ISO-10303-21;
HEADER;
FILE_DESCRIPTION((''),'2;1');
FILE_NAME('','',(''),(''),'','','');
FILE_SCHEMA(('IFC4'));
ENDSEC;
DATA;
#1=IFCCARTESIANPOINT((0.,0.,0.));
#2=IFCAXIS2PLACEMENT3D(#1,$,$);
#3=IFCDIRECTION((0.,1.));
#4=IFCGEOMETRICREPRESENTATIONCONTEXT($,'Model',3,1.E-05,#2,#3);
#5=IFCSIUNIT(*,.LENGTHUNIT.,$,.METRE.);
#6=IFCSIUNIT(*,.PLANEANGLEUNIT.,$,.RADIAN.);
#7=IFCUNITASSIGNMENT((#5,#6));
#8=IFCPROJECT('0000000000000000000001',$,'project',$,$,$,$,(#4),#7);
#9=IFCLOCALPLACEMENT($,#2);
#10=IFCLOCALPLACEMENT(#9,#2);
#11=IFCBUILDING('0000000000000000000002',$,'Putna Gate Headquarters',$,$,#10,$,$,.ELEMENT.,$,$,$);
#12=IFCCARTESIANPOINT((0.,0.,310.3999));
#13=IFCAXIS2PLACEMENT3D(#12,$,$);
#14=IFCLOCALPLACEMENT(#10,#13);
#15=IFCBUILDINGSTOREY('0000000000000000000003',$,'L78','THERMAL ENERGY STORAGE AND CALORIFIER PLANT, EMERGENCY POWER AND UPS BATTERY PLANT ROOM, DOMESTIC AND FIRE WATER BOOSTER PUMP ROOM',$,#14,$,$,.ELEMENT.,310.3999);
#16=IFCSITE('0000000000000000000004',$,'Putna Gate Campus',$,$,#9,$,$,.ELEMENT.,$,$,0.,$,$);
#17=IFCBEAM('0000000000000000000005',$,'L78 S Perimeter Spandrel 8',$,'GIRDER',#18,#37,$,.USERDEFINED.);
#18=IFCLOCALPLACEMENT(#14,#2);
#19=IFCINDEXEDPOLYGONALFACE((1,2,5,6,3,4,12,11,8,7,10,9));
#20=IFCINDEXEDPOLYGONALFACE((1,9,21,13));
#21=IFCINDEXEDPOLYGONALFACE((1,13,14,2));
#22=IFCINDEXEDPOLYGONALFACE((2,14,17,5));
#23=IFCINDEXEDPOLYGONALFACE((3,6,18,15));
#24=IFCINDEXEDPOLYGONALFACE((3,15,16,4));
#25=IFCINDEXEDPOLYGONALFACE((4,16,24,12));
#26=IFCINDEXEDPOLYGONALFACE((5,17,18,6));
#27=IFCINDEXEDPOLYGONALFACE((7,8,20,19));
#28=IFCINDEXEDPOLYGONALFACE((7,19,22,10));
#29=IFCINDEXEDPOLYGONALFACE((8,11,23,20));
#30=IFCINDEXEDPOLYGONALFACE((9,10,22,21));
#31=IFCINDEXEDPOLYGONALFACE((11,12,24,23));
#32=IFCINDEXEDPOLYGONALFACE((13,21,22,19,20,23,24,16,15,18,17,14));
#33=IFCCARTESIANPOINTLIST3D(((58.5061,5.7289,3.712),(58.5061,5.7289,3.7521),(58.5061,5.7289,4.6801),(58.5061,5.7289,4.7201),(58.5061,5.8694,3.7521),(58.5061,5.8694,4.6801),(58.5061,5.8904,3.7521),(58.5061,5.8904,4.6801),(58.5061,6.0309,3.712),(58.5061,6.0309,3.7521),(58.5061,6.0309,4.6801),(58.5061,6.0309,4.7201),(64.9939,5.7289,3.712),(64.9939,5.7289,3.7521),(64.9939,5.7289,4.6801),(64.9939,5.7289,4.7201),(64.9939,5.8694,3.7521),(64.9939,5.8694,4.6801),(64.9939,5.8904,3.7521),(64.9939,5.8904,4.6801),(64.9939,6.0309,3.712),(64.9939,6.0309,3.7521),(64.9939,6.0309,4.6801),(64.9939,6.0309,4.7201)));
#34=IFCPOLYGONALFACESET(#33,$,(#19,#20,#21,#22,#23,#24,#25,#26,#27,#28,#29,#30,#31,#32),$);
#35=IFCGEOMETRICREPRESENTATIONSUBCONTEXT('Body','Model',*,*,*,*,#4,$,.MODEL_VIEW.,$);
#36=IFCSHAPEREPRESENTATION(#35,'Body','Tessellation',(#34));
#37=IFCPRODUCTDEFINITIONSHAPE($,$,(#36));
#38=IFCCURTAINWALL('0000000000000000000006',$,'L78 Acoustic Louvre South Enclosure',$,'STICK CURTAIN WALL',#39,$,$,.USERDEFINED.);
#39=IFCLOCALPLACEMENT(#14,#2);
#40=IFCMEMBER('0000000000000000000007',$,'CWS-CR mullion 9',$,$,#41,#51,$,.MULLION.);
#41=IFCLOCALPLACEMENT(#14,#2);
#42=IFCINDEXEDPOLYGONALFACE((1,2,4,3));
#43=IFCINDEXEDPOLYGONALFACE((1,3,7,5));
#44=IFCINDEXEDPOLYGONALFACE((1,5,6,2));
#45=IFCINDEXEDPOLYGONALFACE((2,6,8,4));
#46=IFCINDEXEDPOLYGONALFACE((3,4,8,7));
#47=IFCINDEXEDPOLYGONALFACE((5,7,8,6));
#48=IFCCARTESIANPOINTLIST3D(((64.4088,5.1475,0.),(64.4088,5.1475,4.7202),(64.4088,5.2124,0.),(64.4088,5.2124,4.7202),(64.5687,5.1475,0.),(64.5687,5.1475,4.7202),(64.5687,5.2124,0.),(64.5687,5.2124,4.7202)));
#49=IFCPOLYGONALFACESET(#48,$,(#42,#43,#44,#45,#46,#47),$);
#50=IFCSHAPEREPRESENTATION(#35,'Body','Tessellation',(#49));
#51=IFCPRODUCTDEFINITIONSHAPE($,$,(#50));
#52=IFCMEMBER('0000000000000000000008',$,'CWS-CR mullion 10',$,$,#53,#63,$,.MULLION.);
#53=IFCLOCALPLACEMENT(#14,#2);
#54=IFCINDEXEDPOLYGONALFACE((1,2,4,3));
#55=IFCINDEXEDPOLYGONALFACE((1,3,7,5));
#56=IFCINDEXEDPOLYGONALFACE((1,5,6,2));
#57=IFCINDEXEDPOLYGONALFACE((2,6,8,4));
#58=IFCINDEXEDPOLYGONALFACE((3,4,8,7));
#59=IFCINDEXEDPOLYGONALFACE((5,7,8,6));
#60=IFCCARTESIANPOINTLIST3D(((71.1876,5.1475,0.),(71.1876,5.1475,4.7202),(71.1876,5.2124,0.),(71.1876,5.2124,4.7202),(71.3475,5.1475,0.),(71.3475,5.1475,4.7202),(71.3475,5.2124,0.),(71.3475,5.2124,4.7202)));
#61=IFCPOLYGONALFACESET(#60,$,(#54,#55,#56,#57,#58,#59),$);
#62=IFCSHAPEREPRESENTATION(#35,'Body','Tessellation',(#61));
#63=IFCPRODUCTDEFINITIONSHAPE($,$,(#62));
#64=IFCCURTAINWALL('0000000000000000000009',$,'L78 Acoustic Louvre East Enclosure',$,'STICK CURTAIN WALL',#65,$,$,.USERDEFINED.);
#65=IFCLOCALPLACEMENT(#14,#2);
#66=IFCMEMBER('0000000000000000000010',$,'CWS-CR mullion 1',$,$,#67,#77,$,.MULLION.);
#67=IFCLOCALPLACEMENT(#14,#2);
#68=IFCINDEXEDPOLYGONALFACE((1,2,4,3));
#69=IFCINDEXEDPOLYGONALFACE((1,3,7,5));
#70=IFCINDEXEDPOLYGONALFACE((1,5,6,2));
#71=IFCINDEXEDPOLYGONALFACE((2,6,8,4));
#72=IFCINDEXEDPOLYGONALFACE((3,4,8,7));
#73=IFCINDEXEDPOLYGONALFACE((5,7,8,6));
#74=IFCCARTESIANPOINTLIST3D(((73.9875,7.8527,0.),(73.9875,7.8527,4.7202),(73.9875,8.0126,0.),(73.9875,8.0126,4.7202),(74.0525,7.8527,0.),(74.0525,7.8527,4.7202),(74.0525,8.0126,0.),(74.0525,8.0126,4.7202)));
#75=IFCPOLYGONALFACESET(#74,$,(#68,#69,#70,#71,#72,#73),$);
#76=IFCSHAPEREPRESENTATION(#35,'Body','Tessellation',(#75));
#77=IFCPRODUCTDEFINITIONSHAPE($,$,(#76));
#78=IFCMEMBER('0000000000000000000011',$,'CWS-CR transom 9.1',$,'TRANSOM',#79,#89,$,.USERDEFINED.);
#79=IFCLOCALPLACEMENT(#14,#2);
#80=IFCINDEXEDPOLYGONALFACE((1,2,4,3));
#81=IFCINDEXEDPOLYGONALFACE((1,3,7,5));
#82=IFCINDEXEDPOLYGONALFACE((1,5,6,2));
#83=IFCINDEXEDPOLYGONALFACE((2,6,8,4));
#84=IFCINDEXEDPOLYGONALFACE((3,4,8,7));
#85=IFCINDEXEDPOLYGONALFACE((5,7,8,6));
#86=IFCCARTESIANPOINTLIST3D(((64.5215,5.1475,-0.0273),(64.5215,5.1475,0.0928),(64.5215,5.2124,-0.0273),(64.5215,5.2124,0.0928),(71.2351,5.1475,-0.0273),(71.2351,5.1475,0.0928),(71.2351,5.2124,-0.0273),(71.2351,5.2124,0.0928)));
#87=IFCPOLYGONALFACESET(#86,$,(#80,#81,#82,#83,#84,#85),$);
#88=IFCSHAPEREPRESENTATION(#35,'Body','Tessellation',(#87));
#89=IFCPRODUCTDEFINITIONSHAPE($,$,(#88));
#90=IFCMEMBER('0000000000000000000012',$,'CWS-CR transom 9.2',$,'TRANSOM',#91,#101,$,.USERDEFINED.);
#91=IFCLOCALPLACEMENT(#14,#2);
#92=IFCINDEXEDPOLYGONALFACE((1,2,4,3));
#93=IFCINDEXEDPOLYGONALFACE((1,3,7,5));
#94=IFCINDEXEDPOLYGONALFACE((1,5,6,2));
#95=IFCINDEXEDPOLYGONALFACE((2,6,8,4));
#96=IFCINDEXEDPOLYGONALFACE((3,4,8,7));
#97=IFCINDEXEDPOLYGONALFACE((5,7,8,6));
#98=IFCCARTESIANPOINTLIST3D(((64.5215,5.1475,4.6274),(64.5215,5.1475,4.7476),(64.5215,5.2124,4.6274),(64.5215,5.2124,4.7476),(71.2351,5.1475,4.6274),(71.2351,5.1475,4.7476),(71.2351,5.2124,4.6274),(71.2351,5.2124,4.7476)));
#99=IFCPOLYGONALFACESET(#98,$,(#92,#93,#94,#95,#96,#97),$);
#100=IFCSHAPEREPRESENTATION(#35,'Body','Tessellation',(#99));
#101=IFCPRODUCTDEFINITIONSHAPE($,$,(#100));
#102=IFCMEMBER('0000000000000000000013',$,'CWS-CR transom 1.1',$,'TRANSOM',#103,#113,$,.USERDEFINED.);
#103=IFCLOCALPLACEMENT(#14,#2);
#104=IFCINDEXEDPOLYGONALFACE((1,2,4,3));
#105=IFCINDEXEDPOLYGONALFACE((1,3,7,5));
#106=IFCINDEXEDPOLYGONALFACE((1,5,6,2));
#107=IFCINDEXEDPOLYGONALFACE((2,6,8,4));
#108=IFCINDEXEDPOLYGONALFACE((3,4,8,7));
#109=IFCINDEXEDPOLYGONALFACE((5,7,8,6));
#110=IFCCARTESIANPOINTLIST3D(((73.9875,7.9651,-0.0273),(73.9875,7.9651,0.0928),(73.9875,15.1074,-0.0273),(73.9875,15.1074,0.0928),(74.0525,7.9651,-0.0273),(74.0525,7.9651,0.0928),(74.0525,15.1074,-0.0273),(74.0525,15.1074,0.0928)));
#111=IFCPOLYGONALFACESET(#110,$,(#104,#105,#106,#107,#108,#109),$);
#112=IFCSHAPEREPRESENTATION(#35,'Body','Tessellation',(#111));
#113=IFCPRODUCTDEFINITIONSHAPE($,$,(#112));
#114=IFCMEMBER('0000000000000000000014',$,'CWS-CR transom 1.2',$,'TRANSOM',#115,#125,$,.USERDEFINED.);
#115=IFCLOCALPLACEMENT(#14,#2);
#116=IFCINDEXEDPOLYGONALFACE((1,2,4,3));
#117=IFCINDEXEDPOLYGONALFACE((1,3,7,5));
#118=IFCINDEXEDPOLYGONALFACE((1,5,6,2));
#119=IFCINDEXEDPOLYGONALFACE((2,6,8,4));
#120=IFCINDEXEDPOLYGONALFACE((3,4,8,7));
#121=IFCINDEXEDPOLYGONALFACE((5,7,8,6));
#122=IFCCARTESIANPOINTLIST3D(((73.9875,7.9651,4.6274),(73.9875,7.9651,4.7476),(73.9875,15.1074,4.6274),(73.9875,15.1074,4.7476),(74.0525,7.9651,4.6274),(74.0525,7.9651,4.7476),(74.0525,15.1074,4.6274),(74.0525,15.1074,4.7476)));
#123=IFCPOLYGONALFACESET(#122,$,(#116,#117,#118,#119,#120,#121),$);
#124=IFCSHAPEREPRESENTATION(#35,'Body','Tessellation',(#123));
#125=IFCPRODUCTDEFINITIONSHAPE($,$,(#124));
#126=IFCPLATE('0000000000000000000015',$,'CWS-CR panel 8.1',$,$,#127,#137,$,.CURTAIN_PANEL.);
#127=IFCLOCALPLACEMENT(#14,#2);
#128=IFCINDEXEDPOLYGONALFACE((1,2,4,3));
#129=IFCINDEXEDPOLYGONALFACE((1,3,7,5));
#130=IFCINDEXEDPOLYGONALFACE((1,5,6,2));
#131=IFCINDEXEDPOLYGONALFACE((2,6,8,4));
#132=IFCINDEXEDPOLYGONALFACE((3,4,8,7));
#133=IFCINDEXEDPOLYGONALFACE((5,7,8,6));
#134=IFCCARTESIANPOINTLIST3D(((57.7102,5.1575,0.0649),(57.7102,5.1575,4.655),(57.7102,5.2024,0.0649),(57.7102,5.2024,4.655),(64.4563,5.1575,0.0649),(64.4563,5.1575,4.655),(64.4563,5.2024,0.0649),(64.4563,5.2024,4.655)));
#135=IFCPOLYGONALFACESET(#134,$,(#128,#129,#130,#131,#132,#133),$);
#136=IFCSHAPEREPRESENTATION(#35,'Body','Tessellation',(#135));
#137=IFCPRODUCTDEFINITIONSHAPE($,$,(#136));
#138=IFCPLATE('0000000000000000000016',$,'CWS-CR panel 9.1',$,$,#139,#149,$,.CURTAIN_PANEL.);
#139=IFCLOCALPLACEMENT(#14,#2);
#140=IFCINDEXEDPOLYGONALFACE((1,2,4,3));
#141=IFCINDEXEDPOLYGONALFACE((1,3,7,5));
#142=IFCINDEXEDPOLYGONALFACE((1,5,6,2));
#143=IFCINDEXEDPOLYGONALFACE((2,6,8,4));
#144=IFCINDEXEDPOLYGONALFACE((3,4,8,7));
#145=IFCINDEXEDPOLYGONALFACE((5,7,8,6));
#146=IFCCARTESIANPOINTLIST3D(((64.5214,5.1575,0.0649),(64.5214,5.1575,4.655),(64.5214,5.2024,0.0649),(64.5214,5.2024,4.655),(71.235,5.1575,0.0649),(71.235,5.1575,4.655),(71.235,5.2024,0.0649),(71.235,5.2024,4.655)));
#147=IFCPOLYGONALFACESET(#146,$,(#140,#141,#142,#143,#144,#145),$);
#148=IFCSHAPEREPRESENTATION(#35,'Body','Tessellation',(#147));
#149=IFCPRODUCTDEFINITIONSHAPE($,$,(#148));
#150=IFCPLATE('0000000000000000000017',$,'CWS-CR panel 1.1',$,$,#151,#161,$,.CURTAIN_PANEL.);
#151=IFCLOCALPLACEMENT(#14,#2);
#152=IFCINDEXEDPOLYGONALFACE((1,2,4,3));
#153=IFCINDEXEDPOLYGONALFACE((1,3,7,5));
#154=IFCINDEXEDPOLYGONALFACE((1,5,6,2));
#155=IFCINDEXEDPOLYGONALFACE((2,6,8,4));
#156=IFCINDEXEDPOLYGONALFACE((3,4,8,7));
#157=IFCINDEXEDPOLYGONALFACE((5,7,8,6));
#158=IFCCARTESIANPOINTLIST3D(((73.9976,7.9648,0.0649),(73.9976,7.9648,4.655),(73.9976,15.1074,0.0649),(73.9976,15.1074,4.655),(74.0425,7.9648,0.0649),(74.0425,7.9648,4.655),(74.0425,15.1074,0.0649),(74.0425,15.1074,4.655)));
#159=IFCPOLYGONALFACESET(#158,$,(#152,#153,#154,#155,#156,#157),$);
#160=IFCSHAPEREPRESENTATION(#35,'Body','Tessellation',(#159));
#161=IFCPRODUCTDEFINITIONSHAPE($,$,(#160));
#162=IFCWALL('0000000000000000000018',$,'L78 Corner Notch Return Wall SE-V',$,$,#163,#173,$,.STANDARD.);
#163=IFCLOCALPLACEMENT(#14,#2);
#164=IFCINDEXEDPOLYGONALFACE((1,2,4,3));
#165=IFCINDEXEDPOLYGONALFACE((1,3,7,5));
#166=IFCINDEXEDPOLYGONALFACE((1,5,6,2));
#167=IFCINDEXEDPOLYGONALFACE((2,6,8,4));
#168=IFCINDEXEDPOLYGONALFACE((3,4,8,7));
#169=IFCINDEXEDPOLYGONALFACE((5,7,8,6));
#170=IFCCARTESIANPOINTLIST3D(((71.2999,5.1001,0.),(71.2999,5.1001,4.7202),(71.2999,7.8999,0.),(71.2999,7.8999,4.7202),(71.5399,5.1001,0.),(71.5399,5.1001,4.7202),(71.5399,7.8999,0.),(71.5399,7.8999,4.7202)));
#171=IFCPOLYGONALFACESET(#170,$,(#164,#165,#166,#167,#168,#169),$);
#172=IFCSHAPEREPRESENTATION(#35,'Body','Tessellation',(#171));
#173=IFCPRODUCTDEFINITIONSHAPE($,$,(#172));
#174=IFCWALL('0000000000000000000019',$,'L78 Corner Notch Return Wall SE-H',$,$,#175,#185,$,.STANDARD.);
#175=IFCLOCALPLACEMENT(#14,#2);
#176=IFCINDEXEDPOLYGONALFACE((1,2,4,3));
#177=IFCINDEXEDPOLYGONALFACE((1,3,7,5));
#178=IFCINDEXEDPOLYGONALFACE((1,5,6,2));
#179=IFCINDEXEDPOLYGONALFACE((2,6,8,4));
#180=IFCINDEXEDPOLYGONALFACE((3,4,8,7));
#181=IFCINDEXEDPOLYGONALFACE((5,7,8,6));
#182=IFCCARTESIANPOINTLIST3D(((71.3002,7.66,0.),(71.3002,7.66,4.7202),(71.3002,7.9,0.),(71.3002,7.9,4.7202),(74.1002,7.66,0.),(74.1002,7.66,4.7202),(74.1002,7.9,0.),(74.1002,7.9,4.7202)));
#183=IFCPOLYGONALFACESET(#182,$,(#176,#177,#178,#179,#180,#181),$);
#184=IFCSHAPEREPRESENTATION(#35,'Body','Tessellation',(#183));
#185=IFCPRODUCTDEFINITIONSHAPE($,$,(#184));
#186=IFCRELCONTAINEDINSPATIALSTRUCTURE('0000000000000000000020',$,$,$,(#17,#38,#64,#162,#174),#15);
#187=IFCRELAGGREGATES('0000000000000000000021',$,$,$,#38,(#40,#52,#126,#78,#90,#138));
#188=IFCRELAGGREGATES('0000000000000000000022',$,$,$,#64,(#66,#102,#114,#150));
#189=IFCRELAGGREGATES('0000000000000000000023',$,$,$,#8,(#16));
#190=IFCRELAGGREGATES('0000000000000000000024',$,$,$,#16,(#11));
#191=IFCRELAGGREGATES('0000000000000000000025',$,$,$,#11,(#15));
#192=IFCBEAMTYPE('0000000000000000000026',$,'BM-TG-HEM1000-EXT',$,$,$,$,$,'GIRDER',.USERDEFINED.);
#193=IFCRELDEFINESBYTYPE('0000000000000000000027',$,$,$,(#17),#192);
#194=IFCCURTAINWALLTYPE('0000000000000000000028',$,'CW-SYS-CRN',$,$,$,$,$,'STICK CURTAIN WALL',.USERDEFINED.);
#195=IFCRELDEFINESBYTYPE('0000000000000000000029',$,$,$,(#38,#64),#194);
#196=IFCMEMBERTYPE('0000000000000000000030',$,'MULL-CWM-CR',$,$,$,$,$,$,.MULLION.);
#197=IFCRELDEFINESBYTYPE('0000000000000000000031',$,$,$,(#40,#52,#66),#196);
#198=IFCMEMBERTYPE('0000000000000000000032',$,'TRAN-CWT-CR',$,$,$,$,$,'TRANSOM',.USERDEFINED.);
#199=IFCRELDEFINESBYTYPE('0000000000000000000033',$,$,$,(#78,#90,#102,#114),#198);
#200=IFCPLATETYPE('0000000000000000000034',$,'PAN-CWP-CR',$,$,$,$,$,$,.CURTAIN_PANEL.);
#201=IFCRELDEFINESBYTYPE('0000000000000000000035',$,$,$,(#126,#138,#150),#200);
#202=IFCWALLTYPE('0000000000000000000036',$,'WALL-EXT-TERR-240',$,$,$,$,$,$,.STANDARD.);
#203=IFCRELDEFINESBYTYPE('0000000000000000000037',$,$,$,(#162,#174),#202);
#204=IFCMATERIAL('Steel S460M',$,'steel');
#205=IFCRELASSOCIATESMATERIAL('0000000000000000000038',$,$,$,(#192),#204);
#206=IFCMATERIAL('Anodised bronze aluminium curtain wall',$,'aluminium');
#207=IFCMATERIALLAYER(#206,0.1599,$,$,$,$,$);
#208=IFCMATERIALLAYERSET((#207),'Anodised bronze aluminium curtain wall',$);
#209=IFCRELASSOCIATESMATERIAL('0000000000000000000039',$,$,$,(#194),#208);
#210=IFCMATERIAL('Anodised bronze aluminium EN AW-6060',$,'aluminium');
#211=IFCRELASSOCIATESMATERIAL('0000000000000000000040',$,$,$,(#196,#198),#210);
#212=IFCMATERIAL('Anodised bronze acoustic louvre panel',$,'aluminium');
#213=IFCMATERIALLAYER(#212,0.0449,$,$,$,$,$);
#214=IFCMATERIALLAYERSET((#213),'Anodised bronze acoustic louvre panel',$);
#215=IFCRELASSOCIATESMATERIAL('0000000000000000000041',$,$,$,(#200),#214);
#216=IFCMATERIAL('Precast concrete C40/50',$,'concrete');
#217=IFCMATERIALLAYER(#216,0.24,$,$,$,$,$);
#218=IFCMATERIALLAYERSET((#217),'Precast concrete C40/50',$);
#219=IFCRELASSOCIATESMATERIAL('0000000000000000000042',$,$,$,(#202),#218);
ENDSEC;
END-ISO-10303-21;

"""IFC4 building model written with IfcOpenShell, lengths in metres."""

from ifc_helpers import new_model, si_unit, direction, frame, frame_2d, origin, origin_2d, place, context, subcontext, project, spatial, rectangle, i_section, extrude, material, layer, layer_set, material_profile, profile_set, type_object, element, aggregate, save


model = new_model("IFC4")

# Units and contexts
model_context = context("Model", 3, precision=1e-05, world=origin(), true_north=direction((0.0, 1.0)))
body_context = subcontext(model_context, "Body", "Model", "MODEL_VIEW")
ifc_project = project(units=[si_unit("LENGTHUNIT", "METRE"), si_unit("PLANEANGLEUNIT", "RADIAN")], contexts=[model_context])

# Site, building, storey
site_placement = place(None, origin())
site = spatial("IfcSite", under=ifc_project, at=site_placement, Name="Putna Gate Campus", CompositionType="ELEMENT", RefElevation=0.0)
building_placement = place(site_placement, origin())
building = spatial("IfcBuilding", under=site, at=building_placement, Name="Putna Gate Headquarters", CompositionType="ELEMENT")
storey_placement = place(building_placement, frame((0.0, 0.0, 310.3999)))
storey = spatial("IfcBuildingStorey", under=building, at=storey_placement, Name="L78", Description="THERMAL ENERGY STORAGE AND CALORIFIER PLANT, EMERGENCY POWER AND UPS BATTERY PLANT ROOM, DOMESTIC AND FIRE WATER BOOSTER PUMP ROOM", CompositionType="ELEMENT", Elevation=310.3999)

# Shared definitions
ifc_material_1 = material(Name="Steel S460M", Category="steel")

# Beam
ifc_material_profile_1 = material_profile(ifc_material_1, i_section(OverallWidth=0.302, OverallDepth=1.0081, WebThickness=0.021, FlangeThickness=0.04, at=origin_2d()), Name="Steel S460M")
ifc_profile_set_1 = profile_set([ifc_material_profile_1], Name="Steel S460M")
beam_type_1 = type_object("IfcBeamType", Name="BM-TG-HEM1000-EXT", ElementType="GIRDER", PredefinedType="USERDEFINED", material=ifc_profile_set_1)
beam_1_placement = place(storey_placement, frame((58.5061, 5.8799, 4.2161), z_axis=(1.0, 0.0, 0.0), x_axis=(0.0, 1.0, 0.0)))
element("IfcBeam", 1, at=beam_1_placement, inside=storey, type_object=beam_type_1, Name="L78 S Perimeter Spandrel 8", ObjectType="GIRDER", PredefinedType="USERDEFINED", context=body_context, shape_type="SweptSolid", body=[
    extrude(i_section(OverallWidth=0.302, OverallDepth=1.0081, WebThickness=0.021, FlangeThickness=0.04, at=origin_2d()), origin(), (0.0, 0.0, 1.0), 6.4878),
])

# Curtain wall, members
ifc_material_2 = material(Name="Anodised bronze aluminium curtain wall", Category="aluminium")
ifc_layer_1 = layer(ifc_material_2, 0.1599)
ifc_layer_set_1 = layer_set([ifc_layer_1], Name="Anodised bronze aluminium curtain wall")
curtain_wall_type = type_object("IfcCurtainWallType", Name="CW-SYS-CRN", ElementType="STICK CURTAIN WALL", PredefinedType="USERDEFINED", material=ifc_layer_set_1)
curtain_wall_1_placement = place(storey_placement, origin())
curtain_wall_1 = element("IfcCurtainWall", 2, at=curtain_wall_1_placement, inside=storey, type_object=curtain_wall_type, Name="L78 Acoustic Louvre South Enclosure", ObjectType="STICK CURTAIN WALL", PredefinedType="USERDEFINED")
ifc_material_3 = material(Name="Anodised bronze aluminium EN AW-6060", Category="aluminium")
ifc_material_profile_2 = material_profile(ifc_material_3, rectangle(XDim=0.0649, YDim=0.1599, at=origin_2d()), Name="Anodised bronze aluminium EN AW-6060")
ifc_profile_set_2 = profile_set([ifc_material_profile_2], Name="Anodised bronze aluminium EN AW-6060")
member_type_1 = type_object("IfcMemberType", Name="MULL-CWM-CR", PredefinedType="MULLION", material=ifc_profile_set_2)
member_1_placement = place(storey_placement, frame((64.4888, 5.1799, 0.0), z_axis=(0.0, 0.0, 1.0), x_axis=(0.0, 1.0, 0.0)))
member_1 = element("IfcMember", 3, at=member_1_placement, type_object=member_type_1, Name="CWS-CR mullion 9", PredefinedType="MULLION", context=body_context, shape_type="SweptSolid", body=[
    extrude(rectangle(XDim=0.0649, YDim=0.1599, at=origin_2d()), origin(), (0.0, 0.0, 1.0), 4.7202),
])
member_2_placement = place(storey_placement, frame((71.2676, 5.1799, 0.0), z_axis=(0.0, 0.0, 1.0), x_axis=(0.0, 1.0, 0.0)))
member_2 = element("IfcMember", 4, at=member_2_placement, type_object=member_type_1, Name="CWS-CR mullion 10", PredefinedType="MULLION", context=body_context, shape_type="SweptSolid", body=[
    extrude(rectangle(XDim=0.0649, YDim=0.1599, at=origin_2d()), origin(), (0.0, 0.0, 1.0), 4.7202),
])

# Curtain wall, member
curtain_wall_2_placement = place(storey_placement, origin())
curtain_wall_2 = element("IfcCurtainWall", 5, at=curtain_wall_2_placement, inside=storey, type_object=curtain_wall_type, Name="L78 Acoustic Louvre East Enclosure", ObjectType="STICK CURTAIN WALL", PredefinedType="USERDEFINED")
member_3_placement = place(storey_placement, frame((74.02, 7.9326, 0.0), z_axis=(0.0, 0.0, 1.0), x_axis=(-1.0, 0.0, 0.0)))
member_3 = element("IfcMember", 6, at=member_3_placement, type_object=member_type_1, Name="CWS-CR mullion 1", PredefinedType="MULLION", context=body_context, shape_type="SweptSolid", body=[
    extrude(rectangle(XDim=0.0649, YDim=0.1599, at=origin_2d()), origin(), (0.0, 0.0, 1.0), 4.7202),
])

# Members
ifc_material_profile_3 = material_profile(ifc_material_3, rectangle(XDim=0.0649, YDim=0.1201, at=origin_2d()), Name="Anodised bronze aluminium EN AW-6060")
ifc_profile_set_3 = profile_set([ifc_material_profile_3], Name="Anodised bronze aluminium EN AW-6060")
member_type_2 = type_object("IfcMemberType", Name="TRAN-CWT-CR", ElementType="TRANSOM", PredefinedType="USERDEFINED", material=ifc_profile_set_3)
member_4_placement = place(storey_placement, frame((64.5215, 5.1799, 0.0327), z_axis=(1.0, 0.0, 0.0), x_axis=(0.0, 1.0, 0.0)))
member_4 = element("IfcMember", 7, at=member_4_placement, type_object=member_type_2, Name="CWS-CR transom 9.1", ObjectType="TRANSOM", PredefinedType="USERDEFINED", context=body_context, shape_type="SweptSolid", body=[
    extrude(rectangle(XDim=0.0649, YDim=0.1201, at=origin_2d()), origin(), (0.0, 0.0, 1.0), 6.7136),
])
member_5_placement = place(storey_placement, frame((64.5215, 5.1799, 4.6875), z_axis=(1.0, 0.0, 0.0), x_axis=(0.0, 1.0, 0.0)))
member_5 = element("IfcMember", 8, at=member_5_placement, type_object=member_type_2, Name="CWS-CR transom 9.2", ObjectType="TRANSOM", PredefinedType="USERDEFINED", context=body_context, shape_type="SweptSolid", body=[
    extrude(rectangle(XDim=0.0649, YDim=0.1201, at=origin_2d()), origin(), (0.0, 0.0, 1.0), 6.7136),
])
member_6_placement = place(storey_placement, frame((74.02, 7.9651, 0.0327), z_axis=(0.0, 1.0, 0.0), x_axis=(-1.0, 0.0, 0.0)))
member_6 = element("IfcMember", 9, at=member_6_placement, type_object=member_type_2, Name="CWS-CR transom 1.1", ObjectType="TRANSOM", PredefinedType="USERDEFINED", context=body_context, shape_type="SweptSolid", body=[
    extrude(rectangle(XDim=0.0649, YDim=0.1201, at=origin_2d()), origin(), (0.0, 0.0, 1.0), 7.1423),
])
member_7_placement = place(storey_placement, frame((74.02, 7.9651, 4.6875), z_axis=(0.0, 1.0, 0.0), x_axis=(-1.0, 0.0, 0.0)))
member_7 = element("IfcMember", 10, at=member_7_placement, type_object=member_type_2, Name="CWS-CR transom 1.2", ObjectType="TRANSOM", PredefinedType="USERDEFINED", context=body_context, shape_type="SweptSolid", body=[
    extrude(rectangle(XDim=0.0649, YDim=0.1201, at=origin_2d()), origin(), (0.0, 0.0, 1.0), 7.1423),
])

# Plates
ifc_material_4 = material(Name="Anodised bronze acoustic louvre panel", Category="aluminium")
ifc_layer_2 = layer(ifc_material_4, 0.0449)
ifc_layer_set_2 = layer_set([ifc_layer_2], Name="Anodised bronze acoustic louvre panel")
plate_type = type_object("IfcPlateType", Name="PAN-CWP-CR", PredefinedType="CURTAIN_PANEL", material=ifc_layer_set_2)
plate_1_placement = place(storey_placement, frame((61.0833, 5.1799, 0.0649), z_axis=(0.0, 0.0, 1.0), x_axis=(1.0, 0.0, 0.0)))
plate_1 = element("IfcPlate", 11, at=plate_1_placement, type_object=plate_type, Name="CWS-CR panel 8.1", PredefinedType="CURTAIN_PANEL", context=body_context, shape_type="SweptSolid", body=[
    extrude(rectangle(XDim=6.7461, YDim=0.0449, at=origin_2d()), origin(), (0.0, 0.0, 1.0), 4.5901),
])
plate_2_placement = place(storey_placement, frame((67.8782, 5.1799, 0.0649), z_axis=(0.0, 0.0, 1.0), x_axis=(1.0, 0.0, 0.0)))
plate_2 = element("IfcPlate", 12, at=plate_2_placement, type_object=plate_type, Name="CWS-CR panel 9.1", PredefinedType="CURTAIN_PANEL", context=body_context, shape_type="SweptSolid", body=[
    extrude(rectangle(XDim=6.7136, YDim=0.0449, at=origin_2d()), origin(), (0.0, 0.0, 1.0), 4.5901),
])
aggregate(curtain_wall_1, [member_1, member_2, plate_1, member_4, member_5, plate_2])
plate_3_placement = place(storey_placement, frame((74.02, 11.5361, 0.0649), z_axis=(0.0, 0.0, 1.0), x_axis=(0.0, 1.0, 0.0)))
plate_3 = element("IfcPlate", 13, at=plate_3_placement, type_object=plate_type, Name="CWS-CR panel 1.1", PredefinedType="CURTAIN_PANEL", context=body_context, shape_type="SweptSolid", body=[
    extrude(rectangle(XDim=7.1426, YDim=0.0449, at=origin_2d()), origin(), (0.0, 0.0, 1.0), 4.5901),
])
aggregate(curtain_wall_2, [member_3, member_6, member_7, plate_3])

# Walls
ifc_material_5 = material(Name="Precast concrete C40/50", Category="concrete")
ifc_layer_3 = layer(ifc_material_5, 0.24)
ifc_layer_set_3 = layer_set([ifc_layer_3], Name="Precast concrete C40/50")
wall_type = type_object("IfcWallType", Name="WALL-EXT-TERR-240", PredefinedType="STANDARD", material=ifc_layer_set_3)
wall_1_placement = place(storey_placement, frame((71.4199, 7.8999, 0.0), z_axis=(0.0, 0.0, 1.0), x_axis=(0.0, -1.0, 0.0)))
element("IfcWall", 14, at=wall_1_placement, inside=storey, type_object=wall_type, Name="L78 Corner Notch Return Wall SE-V", PredefinedType="STANDARD", context=body_context, shape_type="SweptSolid", body=[
    extrude(rectangle(XDim=2.7998, YDim=0.24, at=frame_2d((1.3999, 0.0))), origin(), (0.0, 0.0, 1.0), 4.7202),
])
wall_2_placement = place(storey_placement, frame((74.1001, 7.78, 0.0), z_axis=(0.0, 0.0, 1.0), x_axis=(-1.0, 0.0, 0.0)))
element("IfcWall", 15, at=wall_2_placement, inside=storey, type_object=wall_type, Name="L78 Corner Notch Return Wall SE-H", PredefinedType="STANDARD", context=body_context, shape_type="SweptSolid", body=[
    extrude(rectangle(XDim=2.8, YDim=0.24, at=frame_2d((1.3999, 0.0))), origin(), (0.0, 0.0, 1.0), 4.7202),
])

save(model, "model.ifc")
